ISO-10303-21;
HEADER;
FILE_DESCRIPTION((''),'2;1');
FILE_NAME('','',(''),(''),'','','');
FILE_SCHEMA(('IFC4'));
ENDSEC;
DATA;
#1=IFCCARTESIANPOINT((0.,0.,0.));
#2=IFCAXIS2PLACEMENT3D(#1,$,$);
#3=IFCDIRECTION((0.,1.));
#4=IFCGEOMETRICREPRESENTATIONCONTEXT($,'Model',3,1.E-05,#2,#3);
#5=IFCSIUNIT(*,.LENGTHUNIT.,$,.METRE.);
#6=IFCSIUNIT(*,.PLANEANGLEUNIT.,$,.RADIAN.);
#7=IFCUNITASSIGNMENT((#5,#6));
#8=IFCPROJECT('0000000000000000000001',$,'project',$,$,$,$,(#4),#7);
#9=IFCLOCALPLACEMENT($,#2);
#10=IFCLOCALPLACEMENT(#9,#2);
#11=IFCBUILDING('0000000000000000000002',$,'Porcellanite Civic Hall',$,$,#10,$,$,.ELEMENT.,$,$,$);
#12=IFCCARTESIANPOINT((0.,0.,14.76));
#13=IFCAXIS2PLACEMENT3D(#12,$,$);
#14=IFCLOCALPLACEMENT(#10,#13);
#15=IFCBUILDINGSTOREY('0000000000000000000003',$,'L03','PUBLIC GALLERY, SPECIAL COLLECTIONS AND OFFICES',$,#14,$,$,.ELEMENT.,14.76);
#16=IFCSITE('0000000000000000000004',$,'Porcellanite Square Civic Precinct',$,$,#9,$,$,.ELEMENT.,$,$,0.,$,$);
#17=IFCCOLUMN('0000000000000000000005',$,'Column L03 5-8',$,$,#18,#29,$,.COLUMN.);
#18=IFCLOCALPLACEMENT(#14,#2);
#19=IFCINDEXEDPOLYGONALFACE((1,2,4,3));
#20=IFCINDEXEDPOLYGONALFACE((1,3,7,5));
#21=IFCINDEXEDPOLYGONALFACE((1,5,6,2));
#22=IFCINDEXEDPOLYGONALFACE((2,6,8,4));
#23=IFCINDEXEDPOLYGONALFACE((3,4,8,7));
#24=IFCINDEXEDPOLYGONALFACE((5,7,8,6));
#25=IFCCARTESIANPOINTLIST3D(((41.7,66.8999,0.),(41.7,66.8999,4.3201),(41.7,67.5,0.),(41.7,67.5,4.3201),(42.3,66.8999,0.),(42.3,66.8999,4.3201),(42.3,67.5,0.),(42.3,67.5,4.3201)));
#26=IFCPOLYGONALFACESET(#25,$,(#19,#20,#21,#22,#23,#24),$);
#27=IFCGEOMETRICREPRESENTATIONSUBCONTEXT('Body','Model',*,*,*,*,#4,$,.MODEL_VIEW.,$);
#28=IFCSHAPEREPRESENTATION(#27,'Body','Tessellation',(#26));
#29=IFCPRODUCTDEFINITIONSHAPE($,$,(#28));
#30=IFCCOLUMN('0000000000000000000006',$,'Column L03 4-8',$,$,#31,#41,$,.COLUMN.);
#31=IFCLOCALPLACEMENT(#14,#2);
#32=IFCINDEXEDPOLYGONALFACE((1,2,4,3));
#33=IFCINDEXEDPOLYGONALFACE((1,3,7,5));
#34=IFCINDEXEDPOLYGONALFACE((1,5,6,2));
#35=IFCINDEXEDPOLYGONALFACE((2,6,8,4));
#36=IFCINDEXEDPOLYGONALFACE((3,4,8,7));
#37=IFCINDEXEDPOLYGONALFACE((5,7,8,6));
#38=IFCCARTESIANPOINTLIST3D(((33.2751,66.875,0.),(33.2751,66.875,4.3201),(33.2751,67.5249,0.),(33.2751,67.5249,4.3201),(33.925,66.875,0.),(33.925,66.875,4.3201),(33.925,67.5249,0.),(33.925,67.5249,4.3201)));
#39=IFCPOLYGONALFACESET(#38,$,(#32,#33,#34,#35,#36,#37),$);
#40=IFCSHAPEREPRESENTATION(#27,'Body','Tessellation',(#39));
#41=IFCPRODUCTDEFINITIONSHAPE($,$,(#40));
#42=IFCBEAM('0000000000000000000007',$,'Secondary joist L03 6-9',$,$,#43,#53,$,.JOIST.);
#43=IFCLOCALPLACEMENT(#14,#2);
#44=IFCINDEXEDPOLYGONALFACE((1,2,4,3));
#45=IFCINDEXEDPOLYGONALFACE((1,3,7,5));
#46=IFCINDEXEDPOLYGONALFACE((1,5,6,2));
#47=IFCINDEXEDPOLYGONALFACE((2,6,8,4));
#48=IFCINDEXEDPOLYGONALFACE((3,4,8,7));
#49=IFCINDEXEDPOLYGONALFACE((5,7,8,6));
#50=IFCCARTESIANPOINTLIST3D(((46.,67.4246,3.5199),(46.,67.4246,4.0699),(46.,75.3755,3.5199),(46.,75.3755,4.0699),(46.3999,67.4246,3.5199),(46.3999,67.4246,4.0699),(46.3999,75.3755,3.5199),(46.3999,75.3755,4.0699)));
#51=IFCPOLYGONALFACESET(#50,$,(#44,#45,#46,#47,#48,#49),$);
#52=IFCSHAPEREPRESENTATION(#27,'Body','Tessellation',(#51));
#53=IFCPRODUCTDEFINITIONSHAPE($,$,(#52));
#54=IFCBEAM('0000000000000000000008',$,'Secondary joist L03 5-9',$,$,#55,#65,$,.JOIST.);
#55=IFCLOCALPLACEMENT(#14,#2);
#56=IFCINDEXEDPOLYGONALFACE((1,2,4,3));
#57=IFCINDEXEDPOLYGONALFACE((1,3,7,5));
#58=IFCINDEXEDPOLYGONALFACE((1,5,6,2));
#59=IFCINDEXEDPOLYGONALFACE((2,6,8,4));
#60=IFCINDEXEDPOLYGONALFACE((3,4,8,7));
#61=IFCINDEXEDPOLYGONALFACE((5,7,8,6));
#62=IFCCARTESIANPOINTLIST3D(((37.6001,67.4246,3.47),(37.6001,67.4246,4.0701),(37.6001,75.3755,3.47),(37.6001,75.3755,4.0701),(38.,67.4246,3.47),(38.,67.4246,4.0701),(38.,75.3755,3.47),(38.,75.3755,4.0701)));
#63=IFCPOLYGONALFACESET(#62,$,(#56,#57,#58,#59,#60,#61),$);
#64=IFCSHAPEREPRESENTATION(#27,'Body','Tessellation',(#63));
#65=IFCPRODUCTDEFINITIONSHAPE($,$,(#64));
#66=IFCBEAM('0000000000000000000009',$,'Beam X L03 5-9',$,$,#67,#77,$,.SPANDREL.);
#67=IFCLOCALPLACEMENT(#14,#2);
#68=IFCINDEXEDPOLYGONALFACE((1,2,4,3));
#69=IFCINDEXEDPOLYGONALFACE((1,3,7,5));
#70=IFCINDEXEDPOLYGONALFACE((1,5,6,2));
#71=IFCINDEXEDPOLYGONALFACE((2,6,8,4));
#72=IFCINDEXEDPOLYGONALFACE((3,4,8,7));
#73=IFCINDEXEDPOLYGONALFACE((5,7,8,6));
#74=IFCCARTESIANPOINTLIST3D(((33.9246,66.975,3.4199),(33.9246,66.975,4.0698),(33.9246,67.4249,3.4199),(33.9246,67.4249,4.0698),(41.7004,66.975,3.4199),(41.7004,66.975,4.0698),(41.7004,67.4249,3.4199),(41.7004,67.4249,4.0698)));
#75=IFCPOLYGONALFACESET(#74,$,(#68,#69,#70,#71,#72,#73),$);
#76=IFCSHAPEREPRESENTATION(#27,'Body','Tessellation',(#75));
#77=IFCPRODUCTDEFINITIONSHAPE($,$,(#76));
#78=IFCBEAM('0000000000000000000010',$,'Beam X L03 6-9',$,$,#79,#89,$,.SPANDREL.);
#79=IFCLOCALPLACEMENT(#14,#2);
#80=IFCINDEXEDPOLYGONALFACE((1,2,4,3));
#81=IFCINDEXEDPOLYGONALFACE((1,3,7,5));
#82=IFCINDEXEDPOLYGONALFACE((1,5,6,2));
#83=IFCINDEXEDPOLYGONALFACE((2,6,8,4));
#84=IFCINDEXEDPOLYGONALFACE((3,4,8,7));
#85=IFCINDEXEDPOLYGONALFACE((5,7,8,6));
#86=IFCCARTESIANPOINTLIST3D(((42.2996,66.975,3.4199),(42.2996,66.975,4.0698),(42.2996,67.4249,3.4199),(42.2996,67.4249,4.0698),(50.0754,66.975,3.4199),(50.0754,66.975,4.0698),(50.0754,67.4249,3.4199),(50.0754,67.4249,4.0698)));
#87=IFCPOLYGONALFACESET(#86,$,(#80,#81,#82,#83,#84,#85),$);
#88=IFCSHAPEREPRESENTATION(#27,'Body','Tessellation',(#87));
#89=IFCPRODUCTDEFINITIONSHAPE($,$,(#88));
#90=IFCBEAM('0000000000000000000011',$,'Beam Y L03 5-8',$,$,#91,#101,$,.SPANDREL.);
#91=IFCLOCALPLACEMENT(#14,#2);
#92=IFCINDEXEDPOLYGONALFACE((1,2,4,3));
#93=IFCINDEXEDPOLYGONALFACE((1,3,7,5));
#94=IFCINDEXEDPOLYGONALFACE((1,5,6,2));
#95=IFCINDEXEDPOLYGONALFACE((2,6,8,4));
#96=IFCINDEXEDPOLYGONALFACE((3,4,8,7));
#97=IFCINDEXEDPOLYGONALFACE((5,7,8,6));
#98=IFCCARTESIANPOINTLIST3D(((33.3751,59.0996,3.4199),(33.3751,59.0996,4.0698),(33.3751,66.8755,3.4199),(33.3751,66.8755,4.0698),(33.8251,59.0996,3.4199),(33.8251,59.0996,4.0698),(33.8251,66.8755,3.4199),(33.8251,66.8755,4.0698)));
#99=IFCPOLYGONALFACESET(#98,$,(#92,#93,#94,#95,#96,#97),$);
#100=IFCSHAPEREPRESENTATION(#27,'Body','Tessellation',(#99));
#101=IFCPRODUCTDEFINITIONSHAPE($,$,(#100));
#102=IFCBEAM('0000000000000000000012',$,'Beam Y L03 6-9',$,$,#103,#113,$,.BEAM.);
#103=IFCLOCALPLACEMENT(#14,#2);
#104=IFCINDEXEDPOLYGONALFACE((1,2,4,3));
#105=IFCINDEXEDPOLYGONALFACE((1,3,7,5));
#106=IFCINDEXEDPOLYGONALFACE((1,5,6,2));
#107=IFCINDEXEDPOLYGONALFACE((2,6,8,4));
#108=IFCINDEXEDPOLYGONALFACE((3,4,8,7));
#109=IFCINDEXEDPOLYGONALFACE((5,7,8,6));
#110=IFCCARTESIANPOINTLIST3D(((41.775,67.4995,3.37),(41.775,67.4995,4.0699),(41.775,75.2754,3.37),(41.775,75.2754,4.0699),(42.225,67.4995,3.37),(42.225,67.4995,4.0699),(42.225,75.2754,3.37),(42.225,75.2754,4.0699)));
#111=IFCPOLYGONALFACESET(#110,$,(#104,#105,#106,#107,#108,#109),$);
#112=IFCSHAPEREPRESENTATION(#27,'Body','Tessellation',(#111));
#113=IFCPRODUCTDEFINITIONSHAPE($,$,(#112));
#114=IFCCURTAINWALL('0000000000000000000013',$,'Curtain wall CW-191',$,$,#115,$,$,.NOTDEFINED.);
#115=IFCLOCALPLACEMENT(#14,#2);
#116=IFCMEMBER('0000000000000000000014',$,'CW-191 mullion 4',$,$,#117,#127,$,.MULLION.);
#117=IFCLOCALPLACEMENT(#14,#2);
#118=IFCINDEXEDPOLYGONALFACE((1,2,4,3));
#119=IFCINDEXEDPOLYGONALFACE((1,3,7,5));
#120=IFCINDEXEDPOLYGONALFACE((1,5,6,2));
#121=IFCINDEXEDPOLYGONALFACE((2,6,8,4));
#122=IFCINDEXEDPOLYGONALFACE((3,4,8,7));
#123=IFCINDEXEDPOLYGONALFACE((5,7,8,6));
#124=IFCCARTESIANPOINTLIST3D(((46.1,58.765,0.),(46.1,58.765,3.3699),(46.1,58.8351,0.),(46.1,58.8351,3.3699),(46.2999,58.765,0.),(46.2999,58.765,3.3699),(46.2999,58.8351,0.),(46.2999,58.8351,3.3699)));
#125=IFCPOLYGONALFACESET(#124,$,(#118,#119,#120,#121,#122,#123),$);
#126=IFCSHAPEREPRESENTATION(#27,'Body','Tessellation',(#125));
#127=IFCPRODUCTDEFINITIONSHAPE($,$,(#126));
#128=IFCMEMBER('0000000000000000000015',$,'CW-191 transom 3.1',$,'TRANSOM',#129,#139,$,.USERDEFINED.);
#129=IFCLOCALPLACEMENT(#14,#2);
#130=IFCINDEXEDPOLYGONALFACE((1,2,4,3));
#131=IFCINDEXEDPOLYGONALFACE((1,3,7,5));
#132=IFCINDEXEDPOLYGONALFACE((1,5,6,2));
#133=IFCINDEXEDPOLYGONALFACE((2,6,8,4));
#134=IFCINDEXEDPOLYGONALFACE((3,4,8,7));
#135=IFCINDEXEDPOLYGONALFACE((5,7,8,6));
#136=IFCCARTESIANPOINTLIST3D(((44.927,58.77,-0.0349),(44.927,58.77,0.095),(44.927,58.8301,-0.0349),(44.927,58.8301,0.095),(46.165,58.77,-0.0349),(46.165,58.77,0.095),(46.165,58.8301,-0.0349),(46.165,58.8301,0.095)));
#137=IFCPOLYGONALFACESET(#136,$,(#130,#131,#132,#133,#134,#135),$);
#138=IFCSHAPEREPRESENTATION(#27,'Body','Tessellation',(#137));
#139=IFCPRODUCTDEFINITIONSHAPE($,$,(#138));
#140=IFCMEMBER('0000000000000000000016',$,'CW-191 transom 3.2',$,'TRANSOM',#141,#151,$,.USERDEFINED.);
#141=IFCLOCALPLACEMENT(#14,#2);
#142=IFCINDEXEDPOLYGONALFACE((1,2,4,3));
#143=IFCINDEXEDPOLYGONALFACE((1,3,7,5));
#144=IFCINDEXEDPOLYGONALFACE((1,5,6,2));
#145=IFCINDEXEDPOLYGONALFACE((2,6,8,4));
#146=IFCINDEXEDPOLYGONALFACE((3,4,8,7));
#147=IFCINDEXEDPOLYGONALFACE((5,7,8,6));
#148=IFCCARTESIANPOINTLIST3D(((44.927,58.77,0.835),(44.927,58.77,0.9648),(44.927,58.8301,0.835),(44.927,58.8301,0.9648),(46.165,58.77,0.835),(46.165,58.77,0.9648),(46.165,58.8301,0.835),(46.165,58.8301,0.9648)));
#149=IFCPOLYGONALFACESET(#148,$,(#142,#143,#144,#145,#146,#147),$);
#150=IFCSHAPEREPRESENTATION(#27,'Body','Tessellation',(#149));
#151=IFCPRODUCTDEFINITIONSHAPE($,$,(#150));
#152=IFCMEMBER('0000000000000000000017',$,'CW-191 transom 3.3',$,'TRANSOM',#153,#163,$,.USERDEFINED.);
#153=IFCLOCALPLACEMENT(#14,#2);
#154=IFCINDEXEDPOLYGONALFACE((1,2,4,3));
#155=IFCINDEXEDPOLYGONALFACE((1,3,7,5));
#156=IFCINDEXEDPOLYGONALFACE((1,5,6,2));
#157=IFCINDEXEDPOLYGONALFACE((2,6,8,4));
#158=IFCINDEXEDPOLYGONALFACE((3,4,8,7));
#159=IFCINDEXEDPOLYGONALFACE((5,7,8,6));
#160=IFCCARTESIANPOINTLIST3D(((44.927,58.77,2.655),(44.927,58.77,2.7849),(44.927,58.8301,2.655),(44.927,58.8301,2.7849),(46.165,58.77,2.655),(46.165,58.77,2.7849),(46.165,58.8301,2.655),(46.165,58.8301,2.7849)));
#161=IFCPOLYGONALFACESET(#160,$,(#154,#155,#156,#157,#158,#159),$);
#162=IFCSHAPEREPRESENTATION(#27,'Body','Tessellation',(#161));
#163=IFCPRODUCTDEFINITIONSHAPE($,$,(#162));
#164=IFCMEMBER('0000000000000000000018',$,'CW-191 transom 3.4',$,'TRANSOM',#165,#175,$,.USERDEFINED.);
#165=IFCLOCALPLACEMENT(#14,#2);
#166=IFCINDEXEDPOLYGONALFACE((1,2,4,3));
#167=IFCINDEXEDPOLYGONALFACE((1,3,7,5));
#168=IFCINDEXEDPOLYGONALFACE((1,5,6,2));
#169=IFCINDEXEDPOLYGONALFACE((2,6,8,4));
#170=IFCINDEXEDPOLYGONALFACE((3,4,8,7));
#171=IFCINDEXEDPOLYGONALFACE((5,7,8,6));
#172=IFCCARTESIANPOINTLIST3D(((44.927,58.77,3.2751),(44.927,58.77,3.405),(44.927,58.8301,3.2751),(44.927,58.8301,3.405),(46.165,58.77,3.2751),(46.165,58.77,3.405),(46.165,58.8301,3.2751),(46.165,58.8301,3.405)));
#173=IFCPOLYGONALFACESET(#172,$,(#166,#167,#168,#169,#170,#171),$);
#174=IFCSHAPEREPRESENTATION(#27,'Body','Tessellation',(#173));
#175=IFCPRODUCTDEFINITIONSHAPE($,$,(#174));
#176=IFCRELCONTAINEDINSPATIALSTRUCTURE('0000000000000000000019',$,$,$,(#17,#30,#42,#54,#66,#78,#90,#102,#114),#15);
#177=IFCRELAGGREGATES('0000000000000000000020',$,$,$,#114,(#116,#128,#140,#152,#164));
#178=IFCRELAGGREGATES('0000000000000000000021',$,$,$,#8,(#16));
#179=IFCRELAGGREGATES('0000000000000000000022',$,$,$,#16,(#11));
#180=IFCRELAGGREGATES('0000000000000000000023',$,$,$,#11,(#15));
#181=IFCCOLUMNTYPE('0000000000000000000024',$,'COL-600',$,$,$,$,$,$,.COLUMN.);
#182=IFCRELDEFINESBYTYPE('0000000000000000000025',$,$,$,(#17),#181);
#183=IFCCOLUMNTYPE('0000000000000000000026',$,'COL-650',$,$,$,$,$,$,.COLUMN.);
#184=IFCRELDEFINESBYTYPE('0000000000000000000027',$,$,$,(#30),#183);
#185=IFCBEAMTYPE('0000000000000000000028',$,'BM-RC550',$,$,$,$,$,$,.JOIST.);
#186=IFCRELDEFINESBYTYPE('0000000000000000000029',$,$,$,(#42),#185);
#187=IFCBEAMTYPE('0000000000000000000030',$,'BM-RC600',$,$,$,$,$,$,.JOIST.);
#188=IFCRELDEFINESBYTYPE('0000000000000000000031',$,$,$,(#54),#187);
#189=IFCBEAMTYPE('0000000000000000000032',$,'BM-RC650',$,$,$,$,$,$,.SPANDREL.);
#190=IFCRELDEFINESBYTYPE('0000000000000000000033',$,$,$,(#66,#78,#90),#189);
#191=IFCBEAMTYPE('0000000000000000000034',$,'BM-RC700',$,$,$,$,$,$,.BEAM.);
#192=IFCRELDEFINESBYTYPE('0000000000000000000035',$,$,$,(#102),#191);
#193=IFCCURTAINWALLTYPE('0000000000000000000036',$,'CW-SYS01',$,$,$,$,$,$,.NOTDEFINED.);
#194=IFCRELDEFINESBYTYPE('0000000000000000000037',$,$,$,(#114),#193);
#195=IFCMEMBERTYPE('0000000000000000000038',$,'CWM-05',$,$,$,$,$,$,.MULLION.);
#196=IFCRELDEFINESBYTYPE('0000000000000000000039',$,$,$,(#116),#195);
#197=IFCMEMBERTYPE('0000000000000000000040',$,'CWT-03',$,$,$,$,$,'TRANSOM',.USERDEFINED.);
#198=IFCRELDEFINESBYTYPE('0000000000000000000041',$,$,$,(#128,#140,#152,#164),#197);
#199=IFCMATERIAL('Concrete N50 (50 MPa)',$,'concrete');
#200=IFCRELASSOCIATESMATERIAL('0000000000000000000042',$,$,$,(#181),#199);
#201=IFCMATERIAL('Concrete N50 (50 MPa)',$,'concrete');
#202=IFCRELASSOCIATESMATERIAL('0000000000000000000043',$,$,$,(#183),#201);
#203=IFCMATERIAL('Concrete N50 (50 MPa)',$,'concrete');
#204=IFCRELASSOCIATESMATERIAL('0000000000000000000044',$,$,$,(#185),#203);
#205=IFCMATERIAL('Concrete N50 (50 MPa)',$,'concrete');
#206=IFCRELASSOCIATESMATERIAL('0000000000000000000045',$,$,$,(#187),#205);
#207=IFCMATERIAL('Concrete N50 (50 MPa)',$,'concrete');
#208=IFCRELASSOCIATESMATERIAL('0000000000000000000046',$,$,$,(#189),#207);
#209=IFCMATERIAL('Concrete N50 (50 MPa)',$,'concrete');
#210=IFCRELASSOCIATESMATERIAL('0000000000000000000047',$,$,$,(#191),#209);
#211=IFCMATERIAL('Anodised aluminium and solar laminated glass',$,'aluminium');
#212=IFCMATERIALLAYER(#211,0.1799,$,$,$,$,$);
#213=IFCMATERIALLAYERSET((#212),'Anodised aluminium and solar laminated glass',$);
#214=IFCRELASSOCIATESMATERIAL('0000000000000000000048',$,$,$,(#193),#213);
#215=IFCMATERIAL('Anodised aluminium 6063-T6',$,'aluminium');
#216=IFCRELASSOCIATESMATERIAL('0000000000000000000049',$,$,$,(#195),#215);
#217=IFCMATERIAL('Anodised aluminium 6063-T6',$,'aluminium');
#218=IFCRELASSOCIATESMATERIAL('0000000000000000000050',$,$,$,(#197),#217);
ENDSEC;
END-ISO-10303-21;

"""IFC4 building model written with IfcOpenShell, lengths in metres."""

from ifc_helpers import new_model, si_unit, direction, frame, origin, origin_2d, place, context, subcontext, project, spatial, rectangle, extrude, material, layer, layer_set, material_profile, profile_set, type_object, element, aggregate, save


model = new_model("IFC4")

# Units and contexts
model_context = context("Model", 3, precision=1e-05, world=origin(), true_north=direction((0.0, 1.0)))
body_context = subcontext(model_context, "Body", "Model", "MODEL_VIEW")
ifc_project = project(units=[si_unit("LENGTHUNIT", "METRE"), si_unit("PLANEANGLEUNIT", "RADIAN")], contexts=[model_context])

# Site, building, storey
site_placement = place(None, origin())
site = spatial("IfcSite", under=ifc_project, at=site_placement, Name="Porcellanite Square Civic Precinct", CompositionType="ELEMENT", RefElevation=0.0)
building_placement = place(site_placement, origin())
building = spatial("IfcBuilding", under=site, at=building_placement, Name="Porcellanite Civic Hall", CompositionType="ELEMENT")
storey_placement = place(building_placement, frame((0.0, 0.0, 14.76)))
storey = spatial("IfcBuildingStorey", under=building, at=storey_placement, Name="L03", Description="PUBLIC GALLERY, SPECIAL COLLECTIONS AND OFFICES", CompositionType="ELEMENT", Elevation=14.76)

# Columns
ifc_material_1 = material(Name="Concrete N50 (50 MPa)", Category="concrete")
ifc_material_profile_1 = material_profile(ifc_material_1, rectangle(XDim=0.6001, YDim=0.6001, at=origin_2d()), Name="RC-600x600")
ifc_profile_set_1 = profile_set([ifc_material_profile_1], Name="Concrete N50 (50 MPa)")
column_type_1 = type_object("IfcColumnType", Name="COL-600", PredefinedType="COLUMN", material=ifc_profile_set_1)
column_1_placement = place(storey_placement, frame((42.0, 67.2, 0.0), z_axis=(0.0, 0.0, 1.0), x_axis=(1.0, 0.0, 0.0)))
element("IfcColumn", 1, at=column_1_placement, inside=storey, type_object=column_type_1, Name="Column L03 5-8", PredefinedType="COLUMN", context=body_context, shape_type="SweptSolid", body=[
    extrude(rectangle(XDim=0.6001, YDim=0.6001, at=origin_2d()), origin(), (0.0, 0.0, 1.0), 4.3201),
])
ifc_material_2 = material(Name="Concrete N50 (50 MPa)", Category="concrete")
ifc_material_profile_2 = material_profile(ifc_material_2, rectangle(XDim=0.6499, YDim=0.6499, at=origin_2d()), Name="RC-650x650")
ifc_profile_set_2 = profile_set([ifc_material_profile_2], Name="Concrete N50 (50 MPa)")
column_type_2 = type_object("IfcColumnType", Name="COL-650", PredefinedType="COLUMN", material=ifc_profile_set_2)
column_2_placement = place(storey_placement, frame((33.6001, 67.2, 0.0), z_axis=(0.0, 0.0, 1.0), x_axis=(1.0, 0.0, 0.0)))
element("IfcColumn", 2, at=column_2_placement, inside=storey, type_object=column_type_2, Name="Column L03 4-8", PredefinedType="COLUMN", context=body_context, shape_type="SweptSolid", body=[
    extrude(rectangle(XDim=0.6499, YDim=0.6499, at=origin_2d()), origin(), (0.0, 0.0, 1.0), 4.3201),
])

# Beams
ifc_material_3 = material(Name="Concrete N50 (50 MPa)", Category="concrete")
ifc_material_profile_3 = material_profile(ifc_material_3, rectangle(XDim=0.3999, YDim=0.55, at=origin_2d()), Name="RC-400x550")
ifc_profile_set_3 = profile_set([ifc_material_profile_3], Name="Concrete N50 (50 MPa)")
beam_type_1 = type_object("IfcBeamType", Name="BM-RC550", PredefinedType="JOIST", material=ifc_profile_set_3)
beam_1_placement = place(storey_placement, frame((46.2, 67.4246, 3.7949), z_axis=(0.0, 1.0, 0.0), x_axis=(-1.0, 0.0, 0.0)))
element("IfcBeam", 3, at=beam_1_placement, inside=storey, type_object=beam_type_1, Name="Secondary joist L03 6-9", PredefinedType="JOIST", context=body_context, shape_type="SweptSolid", body=[
    extrude(rectangle(XDim=0.3999, YDim=0.55, at=origin_2d()), origin(), (0.0, 0.0, 1.0), 7.9509),
])
ifc_material_4 = material(Name="Concrete N50 (50 MPa)", Category="concrete")
ifc_material_profile_4 = material_profile(ifc_material_4, rectangle(XDim=0.3999, YDim=0.6001, at=origin_2d()), Name="RC-400x600")
ifc_profile_set_4 = profile_set([ifc_material_profile_4], Name="Concrete N50 (50 MPa)")
beam_type_2 = type_object("IfcBeamType", Name="BM-RC600", PredefinedType="JOIST", material=ifc_profile_set_4)
beam_2_placement = place(storey_placement, frame((37.8, 67.4246, 3.77), z_axis=(0.0, 1.0, 0.0), x_axis=(-1.0, 0.0, 0.0)))
element("IfcBeam", 4, at=beam_2_placement, inside=storey, type_object=beam_type_2, Name="Secondary joist L03 5-9", PredefinedType="JOIST", context=body_context, shape_type="SweptSolid", body=[
    extrude(rectangle(XDim=0.3999, YDim=0.6001, at=origin_2d()), origin(), (0.0, 0.0, 1.0), 7.9509),
])
ifc_material_5 = material(Name="Concrete N50 (50 MPa)", Category="concrete")
ifc_material_profile_5 = material_profile(ifc_material_5, rectangle(XDim=0.45, YDim=0.6499, at=origin_2d()), Name="RC-450x650")
ifc_profile_set_5 = profile_set([ifc_material_profile_5], Name="Concrete N50 (50 MPa)")
beam_type_3 = type_object("IfcBeamType", Name="BM-RC650", PredefinedType="SPANDREL", material=ifc_profile_set_5)
for number, where, z_axis, x_axis, name in (
    (5, (33.9246, 67.2, 3.7449), (1.0, 0.0, 0.0), (0.0, 1.0, 0.0), "Beam X L03 5-9"),
    (6, (42.2996, 67.2, 3.7449), (1.0, 0.0, 0.0), (0.0, 1.0, 0.0), "Beam X L03 6-9"),
    (7, (33.6001, 59.0996, 3.7449), (0.0, 1.0, 0.0), (-1.0, 0.0, 0.0), "Beam Y L03 5-8"),
):
    element("IfcBeam", number, at=place(storey_placement, frame(where, z_axis=z_axis, x_axis=x_axis)), inside=storey, type_object=beam_type_3, Name=name, PredefinedType="SPANDREL", context=body_context, shape_type="SweptSolid", body=[
        extrude(rectangle(XDim=0.45, YDim=0.6499, at=origin_2d()), origin(), (0.0, 0.0, 1.0), 7.7759),
    ])
ifc_material_6 = material(Name="Concrete N50 (50 MPa)", Category="concrete")
ifc_material_profile_6 = material_profile(ifc_material_6, rectangle(XDim=0.45, YDim=0.7, at=origin_2d()), Name="RC-450x700")
ifc_profile_set_6 = profile_set([ifc_material_profile_6], Name="Concrete N50 (50 MPa)")
beam_type_4 = type_object("IfcBeamType", Name="BM-RC700", PredefinedType="BEAM", material=ifc_profile_set_6)
beam_3_placement = place(storey_placement, frame((42.0, 67.4995, 3.72), z_axis=(0.0, 1.0, 0.0), x_axis=(-1.0, 0.0, 0.0)))
element("IfcBeam", 8, at=beam_3_placement, inside=storey, type_object=beam_type_4, Name="Beam Y L03 6-9", PredefinedType="BEAM", context=body_context, shape_type="SweptSolid", body=[
    extrude(rectangle(XDim=0.45, YDim=0.7, at=origin_2d()), origin(), (0.0, 0.0, 1.0), 7.7759),
])

# Curtain wall, members
ifc_material_7 = material(Name="Anodised aluminium and solar laminated glass", Category="aluminium")
ifc_layer_1 = layer(ifc_material_7, 0.1799)
ifc_layer_set_1 = layer_set([ifc_layer_1], Name="Anodised aluminium and solar laminated glass")
curtain_wall_type = type_object("IfcCurtainWallType", Name="CW-SYS01", PredefinedType="NOTDEFINED", material=ifc_layer_set_1)
curtain_wall_placement = place(storey_placement, origin())
curtain_wall = element("IfcCurtainWall", 9, at=curtain_wall_placement, inside=storey, type_object=curtain_wall_type, Name="Curtain wall CW-191", PredefinedType="NOTDEFINED")
ifc_material_8 = material(Name="Anodised aluminium 6063-T6", Category="aluminium")
ifc_material_profile_7 = material_profile(ifc_material_8, rectangle(XDim=0.0701, YDim=0.2, at=origin_2d()), Name="AL-70x200")
ifc_profile_set_7 = profile_set([ifc_material_profile_7], Name="Anodised aluminium 6063-T6")
member_type_1 = type_object("IfcMemberType", Name="CWM-05", PredefinedType="MULLION", material=ifc_profile_set_7)
member_1_placement = place(storey_placement, frame((46.2, 58.8, 0.0), z_axis=(0.0, 0.0, 1.0), x_axis=(0.0, 1.0, 0.0)))
member_1 = element("IfcMember", 10, at=member_1_placement, type_object=member_type_1, Name="CW-191 mullion 4", PredefinedType="MULLION", context=body_context, shape_type="SweptSolid", body=[
    extrude(rectangle(XDim=0.0701, YDim=0.2, at=origin_2d()), origin(), (0.0, 0.0, 1.0), 3.3699),
])
ifc_material_9 = material(Name="Anodised aluminium 6063-T6", Category="aluminium")
ifc_material_profile_8 = material_profile(ifc_material_9, rectangle(XDim=0.0601, YDim=0.1299, at=origin_2d()), Name="AL-60x130")
ifc_profile_set_8 = profile_set([ifc_material_profile_8], Name="Anodised aluminium 6063-T6")
member_type_2 = type_object("IfcMemberType", Name="CWT-03", ElementType="TRANSOM", PredefinedType="USERDEFINED", material=ifc_profile_set_8)
member_2_placement = place(storey_placement, frame((44.927, 58.8, 0.03), z_axis=(1.0, 0.0, 0.0), x_axis=(0.0, 1.0, 0.0)))
member_2 = element("IfcMember", 11, at=member_2_placement, type_object=member_type_2, Name="CW-191 transom 3.1", ObjectType="TRANSOM", PredefinedType="USERDEFINED", context=body_context, shape_type="SweptSolid", body=[
    extrude(rectangle(XDim=0.0601, YDim=0.1299, at=origin_2d()), origin(), (0.0, 0.0, 1.0), 1.238),
])
member_3_placement = place(storey_placement, frame((44.927, 58.8, 0.8999), z_axis=(1.0, 0.0, 0.0), x_axis=(0.0, 1.0, 0.0)))
member_3 = element("IfcMember", 12, at=member_3_placement, type_object=member_type_2, Name="CW-191 transom 3.2", ObjectType="TRANSOM", PredefinedType="USERDEFINED", context=body_context, shape_type="SweptSolid", body=[
    extrude(rectangle(XDim=0.0601, YDim=0.1299, at=origin_2d()), origin(), (0.0, 0.0, 1.0), 1.238),
])
member_4_placement = place(storey_placement, frame((44.927, 58.8, 2.72), z_axis=(1.0, 0.0, 0.0), x_axis=(0.0, 1.0, 0.0)))
member_4 = element("IfcMember", 13, at=member_4_placement, type_object=member_type_2, Name="CW-191 transom 3.3", ObjectType="TRANSOM", PredefinedType="USERDEFINED", context=body_context, shape_type="SweptSolid", body=[
    extrude(rectangle(XDim=0.0601, YDim=0.1299, at=origin_2d()), origin(), (0.0, 0.0, 1.0), 1.238),
])
member_5_placement = place(storey_placement, frame((44.927, 58.8, 3.3401), z_axis=(1.0, 0.0, 0.0), x_axis=(0.0, 1.0, 0.0)))
member_5 = element("IfcMember", 14, at=member_5_placement, type_object=member_type_2, Name="CW-191 transom 3.4", ObjectType="TRANSOM", PredefinedType="USERDEFINED", context=body_context, shape_type="SweptSolid", body=[
    extrude(rectangle(XDim=0.0601, YDim=0.1299, at=origin_2d()), origin(), (0.0, 0.0, 1.0), 1.238),
])

aggregate(curtain_wall, [member_1, member_2, member_3, member_4, member_5])

save(model, "model.ifc")
